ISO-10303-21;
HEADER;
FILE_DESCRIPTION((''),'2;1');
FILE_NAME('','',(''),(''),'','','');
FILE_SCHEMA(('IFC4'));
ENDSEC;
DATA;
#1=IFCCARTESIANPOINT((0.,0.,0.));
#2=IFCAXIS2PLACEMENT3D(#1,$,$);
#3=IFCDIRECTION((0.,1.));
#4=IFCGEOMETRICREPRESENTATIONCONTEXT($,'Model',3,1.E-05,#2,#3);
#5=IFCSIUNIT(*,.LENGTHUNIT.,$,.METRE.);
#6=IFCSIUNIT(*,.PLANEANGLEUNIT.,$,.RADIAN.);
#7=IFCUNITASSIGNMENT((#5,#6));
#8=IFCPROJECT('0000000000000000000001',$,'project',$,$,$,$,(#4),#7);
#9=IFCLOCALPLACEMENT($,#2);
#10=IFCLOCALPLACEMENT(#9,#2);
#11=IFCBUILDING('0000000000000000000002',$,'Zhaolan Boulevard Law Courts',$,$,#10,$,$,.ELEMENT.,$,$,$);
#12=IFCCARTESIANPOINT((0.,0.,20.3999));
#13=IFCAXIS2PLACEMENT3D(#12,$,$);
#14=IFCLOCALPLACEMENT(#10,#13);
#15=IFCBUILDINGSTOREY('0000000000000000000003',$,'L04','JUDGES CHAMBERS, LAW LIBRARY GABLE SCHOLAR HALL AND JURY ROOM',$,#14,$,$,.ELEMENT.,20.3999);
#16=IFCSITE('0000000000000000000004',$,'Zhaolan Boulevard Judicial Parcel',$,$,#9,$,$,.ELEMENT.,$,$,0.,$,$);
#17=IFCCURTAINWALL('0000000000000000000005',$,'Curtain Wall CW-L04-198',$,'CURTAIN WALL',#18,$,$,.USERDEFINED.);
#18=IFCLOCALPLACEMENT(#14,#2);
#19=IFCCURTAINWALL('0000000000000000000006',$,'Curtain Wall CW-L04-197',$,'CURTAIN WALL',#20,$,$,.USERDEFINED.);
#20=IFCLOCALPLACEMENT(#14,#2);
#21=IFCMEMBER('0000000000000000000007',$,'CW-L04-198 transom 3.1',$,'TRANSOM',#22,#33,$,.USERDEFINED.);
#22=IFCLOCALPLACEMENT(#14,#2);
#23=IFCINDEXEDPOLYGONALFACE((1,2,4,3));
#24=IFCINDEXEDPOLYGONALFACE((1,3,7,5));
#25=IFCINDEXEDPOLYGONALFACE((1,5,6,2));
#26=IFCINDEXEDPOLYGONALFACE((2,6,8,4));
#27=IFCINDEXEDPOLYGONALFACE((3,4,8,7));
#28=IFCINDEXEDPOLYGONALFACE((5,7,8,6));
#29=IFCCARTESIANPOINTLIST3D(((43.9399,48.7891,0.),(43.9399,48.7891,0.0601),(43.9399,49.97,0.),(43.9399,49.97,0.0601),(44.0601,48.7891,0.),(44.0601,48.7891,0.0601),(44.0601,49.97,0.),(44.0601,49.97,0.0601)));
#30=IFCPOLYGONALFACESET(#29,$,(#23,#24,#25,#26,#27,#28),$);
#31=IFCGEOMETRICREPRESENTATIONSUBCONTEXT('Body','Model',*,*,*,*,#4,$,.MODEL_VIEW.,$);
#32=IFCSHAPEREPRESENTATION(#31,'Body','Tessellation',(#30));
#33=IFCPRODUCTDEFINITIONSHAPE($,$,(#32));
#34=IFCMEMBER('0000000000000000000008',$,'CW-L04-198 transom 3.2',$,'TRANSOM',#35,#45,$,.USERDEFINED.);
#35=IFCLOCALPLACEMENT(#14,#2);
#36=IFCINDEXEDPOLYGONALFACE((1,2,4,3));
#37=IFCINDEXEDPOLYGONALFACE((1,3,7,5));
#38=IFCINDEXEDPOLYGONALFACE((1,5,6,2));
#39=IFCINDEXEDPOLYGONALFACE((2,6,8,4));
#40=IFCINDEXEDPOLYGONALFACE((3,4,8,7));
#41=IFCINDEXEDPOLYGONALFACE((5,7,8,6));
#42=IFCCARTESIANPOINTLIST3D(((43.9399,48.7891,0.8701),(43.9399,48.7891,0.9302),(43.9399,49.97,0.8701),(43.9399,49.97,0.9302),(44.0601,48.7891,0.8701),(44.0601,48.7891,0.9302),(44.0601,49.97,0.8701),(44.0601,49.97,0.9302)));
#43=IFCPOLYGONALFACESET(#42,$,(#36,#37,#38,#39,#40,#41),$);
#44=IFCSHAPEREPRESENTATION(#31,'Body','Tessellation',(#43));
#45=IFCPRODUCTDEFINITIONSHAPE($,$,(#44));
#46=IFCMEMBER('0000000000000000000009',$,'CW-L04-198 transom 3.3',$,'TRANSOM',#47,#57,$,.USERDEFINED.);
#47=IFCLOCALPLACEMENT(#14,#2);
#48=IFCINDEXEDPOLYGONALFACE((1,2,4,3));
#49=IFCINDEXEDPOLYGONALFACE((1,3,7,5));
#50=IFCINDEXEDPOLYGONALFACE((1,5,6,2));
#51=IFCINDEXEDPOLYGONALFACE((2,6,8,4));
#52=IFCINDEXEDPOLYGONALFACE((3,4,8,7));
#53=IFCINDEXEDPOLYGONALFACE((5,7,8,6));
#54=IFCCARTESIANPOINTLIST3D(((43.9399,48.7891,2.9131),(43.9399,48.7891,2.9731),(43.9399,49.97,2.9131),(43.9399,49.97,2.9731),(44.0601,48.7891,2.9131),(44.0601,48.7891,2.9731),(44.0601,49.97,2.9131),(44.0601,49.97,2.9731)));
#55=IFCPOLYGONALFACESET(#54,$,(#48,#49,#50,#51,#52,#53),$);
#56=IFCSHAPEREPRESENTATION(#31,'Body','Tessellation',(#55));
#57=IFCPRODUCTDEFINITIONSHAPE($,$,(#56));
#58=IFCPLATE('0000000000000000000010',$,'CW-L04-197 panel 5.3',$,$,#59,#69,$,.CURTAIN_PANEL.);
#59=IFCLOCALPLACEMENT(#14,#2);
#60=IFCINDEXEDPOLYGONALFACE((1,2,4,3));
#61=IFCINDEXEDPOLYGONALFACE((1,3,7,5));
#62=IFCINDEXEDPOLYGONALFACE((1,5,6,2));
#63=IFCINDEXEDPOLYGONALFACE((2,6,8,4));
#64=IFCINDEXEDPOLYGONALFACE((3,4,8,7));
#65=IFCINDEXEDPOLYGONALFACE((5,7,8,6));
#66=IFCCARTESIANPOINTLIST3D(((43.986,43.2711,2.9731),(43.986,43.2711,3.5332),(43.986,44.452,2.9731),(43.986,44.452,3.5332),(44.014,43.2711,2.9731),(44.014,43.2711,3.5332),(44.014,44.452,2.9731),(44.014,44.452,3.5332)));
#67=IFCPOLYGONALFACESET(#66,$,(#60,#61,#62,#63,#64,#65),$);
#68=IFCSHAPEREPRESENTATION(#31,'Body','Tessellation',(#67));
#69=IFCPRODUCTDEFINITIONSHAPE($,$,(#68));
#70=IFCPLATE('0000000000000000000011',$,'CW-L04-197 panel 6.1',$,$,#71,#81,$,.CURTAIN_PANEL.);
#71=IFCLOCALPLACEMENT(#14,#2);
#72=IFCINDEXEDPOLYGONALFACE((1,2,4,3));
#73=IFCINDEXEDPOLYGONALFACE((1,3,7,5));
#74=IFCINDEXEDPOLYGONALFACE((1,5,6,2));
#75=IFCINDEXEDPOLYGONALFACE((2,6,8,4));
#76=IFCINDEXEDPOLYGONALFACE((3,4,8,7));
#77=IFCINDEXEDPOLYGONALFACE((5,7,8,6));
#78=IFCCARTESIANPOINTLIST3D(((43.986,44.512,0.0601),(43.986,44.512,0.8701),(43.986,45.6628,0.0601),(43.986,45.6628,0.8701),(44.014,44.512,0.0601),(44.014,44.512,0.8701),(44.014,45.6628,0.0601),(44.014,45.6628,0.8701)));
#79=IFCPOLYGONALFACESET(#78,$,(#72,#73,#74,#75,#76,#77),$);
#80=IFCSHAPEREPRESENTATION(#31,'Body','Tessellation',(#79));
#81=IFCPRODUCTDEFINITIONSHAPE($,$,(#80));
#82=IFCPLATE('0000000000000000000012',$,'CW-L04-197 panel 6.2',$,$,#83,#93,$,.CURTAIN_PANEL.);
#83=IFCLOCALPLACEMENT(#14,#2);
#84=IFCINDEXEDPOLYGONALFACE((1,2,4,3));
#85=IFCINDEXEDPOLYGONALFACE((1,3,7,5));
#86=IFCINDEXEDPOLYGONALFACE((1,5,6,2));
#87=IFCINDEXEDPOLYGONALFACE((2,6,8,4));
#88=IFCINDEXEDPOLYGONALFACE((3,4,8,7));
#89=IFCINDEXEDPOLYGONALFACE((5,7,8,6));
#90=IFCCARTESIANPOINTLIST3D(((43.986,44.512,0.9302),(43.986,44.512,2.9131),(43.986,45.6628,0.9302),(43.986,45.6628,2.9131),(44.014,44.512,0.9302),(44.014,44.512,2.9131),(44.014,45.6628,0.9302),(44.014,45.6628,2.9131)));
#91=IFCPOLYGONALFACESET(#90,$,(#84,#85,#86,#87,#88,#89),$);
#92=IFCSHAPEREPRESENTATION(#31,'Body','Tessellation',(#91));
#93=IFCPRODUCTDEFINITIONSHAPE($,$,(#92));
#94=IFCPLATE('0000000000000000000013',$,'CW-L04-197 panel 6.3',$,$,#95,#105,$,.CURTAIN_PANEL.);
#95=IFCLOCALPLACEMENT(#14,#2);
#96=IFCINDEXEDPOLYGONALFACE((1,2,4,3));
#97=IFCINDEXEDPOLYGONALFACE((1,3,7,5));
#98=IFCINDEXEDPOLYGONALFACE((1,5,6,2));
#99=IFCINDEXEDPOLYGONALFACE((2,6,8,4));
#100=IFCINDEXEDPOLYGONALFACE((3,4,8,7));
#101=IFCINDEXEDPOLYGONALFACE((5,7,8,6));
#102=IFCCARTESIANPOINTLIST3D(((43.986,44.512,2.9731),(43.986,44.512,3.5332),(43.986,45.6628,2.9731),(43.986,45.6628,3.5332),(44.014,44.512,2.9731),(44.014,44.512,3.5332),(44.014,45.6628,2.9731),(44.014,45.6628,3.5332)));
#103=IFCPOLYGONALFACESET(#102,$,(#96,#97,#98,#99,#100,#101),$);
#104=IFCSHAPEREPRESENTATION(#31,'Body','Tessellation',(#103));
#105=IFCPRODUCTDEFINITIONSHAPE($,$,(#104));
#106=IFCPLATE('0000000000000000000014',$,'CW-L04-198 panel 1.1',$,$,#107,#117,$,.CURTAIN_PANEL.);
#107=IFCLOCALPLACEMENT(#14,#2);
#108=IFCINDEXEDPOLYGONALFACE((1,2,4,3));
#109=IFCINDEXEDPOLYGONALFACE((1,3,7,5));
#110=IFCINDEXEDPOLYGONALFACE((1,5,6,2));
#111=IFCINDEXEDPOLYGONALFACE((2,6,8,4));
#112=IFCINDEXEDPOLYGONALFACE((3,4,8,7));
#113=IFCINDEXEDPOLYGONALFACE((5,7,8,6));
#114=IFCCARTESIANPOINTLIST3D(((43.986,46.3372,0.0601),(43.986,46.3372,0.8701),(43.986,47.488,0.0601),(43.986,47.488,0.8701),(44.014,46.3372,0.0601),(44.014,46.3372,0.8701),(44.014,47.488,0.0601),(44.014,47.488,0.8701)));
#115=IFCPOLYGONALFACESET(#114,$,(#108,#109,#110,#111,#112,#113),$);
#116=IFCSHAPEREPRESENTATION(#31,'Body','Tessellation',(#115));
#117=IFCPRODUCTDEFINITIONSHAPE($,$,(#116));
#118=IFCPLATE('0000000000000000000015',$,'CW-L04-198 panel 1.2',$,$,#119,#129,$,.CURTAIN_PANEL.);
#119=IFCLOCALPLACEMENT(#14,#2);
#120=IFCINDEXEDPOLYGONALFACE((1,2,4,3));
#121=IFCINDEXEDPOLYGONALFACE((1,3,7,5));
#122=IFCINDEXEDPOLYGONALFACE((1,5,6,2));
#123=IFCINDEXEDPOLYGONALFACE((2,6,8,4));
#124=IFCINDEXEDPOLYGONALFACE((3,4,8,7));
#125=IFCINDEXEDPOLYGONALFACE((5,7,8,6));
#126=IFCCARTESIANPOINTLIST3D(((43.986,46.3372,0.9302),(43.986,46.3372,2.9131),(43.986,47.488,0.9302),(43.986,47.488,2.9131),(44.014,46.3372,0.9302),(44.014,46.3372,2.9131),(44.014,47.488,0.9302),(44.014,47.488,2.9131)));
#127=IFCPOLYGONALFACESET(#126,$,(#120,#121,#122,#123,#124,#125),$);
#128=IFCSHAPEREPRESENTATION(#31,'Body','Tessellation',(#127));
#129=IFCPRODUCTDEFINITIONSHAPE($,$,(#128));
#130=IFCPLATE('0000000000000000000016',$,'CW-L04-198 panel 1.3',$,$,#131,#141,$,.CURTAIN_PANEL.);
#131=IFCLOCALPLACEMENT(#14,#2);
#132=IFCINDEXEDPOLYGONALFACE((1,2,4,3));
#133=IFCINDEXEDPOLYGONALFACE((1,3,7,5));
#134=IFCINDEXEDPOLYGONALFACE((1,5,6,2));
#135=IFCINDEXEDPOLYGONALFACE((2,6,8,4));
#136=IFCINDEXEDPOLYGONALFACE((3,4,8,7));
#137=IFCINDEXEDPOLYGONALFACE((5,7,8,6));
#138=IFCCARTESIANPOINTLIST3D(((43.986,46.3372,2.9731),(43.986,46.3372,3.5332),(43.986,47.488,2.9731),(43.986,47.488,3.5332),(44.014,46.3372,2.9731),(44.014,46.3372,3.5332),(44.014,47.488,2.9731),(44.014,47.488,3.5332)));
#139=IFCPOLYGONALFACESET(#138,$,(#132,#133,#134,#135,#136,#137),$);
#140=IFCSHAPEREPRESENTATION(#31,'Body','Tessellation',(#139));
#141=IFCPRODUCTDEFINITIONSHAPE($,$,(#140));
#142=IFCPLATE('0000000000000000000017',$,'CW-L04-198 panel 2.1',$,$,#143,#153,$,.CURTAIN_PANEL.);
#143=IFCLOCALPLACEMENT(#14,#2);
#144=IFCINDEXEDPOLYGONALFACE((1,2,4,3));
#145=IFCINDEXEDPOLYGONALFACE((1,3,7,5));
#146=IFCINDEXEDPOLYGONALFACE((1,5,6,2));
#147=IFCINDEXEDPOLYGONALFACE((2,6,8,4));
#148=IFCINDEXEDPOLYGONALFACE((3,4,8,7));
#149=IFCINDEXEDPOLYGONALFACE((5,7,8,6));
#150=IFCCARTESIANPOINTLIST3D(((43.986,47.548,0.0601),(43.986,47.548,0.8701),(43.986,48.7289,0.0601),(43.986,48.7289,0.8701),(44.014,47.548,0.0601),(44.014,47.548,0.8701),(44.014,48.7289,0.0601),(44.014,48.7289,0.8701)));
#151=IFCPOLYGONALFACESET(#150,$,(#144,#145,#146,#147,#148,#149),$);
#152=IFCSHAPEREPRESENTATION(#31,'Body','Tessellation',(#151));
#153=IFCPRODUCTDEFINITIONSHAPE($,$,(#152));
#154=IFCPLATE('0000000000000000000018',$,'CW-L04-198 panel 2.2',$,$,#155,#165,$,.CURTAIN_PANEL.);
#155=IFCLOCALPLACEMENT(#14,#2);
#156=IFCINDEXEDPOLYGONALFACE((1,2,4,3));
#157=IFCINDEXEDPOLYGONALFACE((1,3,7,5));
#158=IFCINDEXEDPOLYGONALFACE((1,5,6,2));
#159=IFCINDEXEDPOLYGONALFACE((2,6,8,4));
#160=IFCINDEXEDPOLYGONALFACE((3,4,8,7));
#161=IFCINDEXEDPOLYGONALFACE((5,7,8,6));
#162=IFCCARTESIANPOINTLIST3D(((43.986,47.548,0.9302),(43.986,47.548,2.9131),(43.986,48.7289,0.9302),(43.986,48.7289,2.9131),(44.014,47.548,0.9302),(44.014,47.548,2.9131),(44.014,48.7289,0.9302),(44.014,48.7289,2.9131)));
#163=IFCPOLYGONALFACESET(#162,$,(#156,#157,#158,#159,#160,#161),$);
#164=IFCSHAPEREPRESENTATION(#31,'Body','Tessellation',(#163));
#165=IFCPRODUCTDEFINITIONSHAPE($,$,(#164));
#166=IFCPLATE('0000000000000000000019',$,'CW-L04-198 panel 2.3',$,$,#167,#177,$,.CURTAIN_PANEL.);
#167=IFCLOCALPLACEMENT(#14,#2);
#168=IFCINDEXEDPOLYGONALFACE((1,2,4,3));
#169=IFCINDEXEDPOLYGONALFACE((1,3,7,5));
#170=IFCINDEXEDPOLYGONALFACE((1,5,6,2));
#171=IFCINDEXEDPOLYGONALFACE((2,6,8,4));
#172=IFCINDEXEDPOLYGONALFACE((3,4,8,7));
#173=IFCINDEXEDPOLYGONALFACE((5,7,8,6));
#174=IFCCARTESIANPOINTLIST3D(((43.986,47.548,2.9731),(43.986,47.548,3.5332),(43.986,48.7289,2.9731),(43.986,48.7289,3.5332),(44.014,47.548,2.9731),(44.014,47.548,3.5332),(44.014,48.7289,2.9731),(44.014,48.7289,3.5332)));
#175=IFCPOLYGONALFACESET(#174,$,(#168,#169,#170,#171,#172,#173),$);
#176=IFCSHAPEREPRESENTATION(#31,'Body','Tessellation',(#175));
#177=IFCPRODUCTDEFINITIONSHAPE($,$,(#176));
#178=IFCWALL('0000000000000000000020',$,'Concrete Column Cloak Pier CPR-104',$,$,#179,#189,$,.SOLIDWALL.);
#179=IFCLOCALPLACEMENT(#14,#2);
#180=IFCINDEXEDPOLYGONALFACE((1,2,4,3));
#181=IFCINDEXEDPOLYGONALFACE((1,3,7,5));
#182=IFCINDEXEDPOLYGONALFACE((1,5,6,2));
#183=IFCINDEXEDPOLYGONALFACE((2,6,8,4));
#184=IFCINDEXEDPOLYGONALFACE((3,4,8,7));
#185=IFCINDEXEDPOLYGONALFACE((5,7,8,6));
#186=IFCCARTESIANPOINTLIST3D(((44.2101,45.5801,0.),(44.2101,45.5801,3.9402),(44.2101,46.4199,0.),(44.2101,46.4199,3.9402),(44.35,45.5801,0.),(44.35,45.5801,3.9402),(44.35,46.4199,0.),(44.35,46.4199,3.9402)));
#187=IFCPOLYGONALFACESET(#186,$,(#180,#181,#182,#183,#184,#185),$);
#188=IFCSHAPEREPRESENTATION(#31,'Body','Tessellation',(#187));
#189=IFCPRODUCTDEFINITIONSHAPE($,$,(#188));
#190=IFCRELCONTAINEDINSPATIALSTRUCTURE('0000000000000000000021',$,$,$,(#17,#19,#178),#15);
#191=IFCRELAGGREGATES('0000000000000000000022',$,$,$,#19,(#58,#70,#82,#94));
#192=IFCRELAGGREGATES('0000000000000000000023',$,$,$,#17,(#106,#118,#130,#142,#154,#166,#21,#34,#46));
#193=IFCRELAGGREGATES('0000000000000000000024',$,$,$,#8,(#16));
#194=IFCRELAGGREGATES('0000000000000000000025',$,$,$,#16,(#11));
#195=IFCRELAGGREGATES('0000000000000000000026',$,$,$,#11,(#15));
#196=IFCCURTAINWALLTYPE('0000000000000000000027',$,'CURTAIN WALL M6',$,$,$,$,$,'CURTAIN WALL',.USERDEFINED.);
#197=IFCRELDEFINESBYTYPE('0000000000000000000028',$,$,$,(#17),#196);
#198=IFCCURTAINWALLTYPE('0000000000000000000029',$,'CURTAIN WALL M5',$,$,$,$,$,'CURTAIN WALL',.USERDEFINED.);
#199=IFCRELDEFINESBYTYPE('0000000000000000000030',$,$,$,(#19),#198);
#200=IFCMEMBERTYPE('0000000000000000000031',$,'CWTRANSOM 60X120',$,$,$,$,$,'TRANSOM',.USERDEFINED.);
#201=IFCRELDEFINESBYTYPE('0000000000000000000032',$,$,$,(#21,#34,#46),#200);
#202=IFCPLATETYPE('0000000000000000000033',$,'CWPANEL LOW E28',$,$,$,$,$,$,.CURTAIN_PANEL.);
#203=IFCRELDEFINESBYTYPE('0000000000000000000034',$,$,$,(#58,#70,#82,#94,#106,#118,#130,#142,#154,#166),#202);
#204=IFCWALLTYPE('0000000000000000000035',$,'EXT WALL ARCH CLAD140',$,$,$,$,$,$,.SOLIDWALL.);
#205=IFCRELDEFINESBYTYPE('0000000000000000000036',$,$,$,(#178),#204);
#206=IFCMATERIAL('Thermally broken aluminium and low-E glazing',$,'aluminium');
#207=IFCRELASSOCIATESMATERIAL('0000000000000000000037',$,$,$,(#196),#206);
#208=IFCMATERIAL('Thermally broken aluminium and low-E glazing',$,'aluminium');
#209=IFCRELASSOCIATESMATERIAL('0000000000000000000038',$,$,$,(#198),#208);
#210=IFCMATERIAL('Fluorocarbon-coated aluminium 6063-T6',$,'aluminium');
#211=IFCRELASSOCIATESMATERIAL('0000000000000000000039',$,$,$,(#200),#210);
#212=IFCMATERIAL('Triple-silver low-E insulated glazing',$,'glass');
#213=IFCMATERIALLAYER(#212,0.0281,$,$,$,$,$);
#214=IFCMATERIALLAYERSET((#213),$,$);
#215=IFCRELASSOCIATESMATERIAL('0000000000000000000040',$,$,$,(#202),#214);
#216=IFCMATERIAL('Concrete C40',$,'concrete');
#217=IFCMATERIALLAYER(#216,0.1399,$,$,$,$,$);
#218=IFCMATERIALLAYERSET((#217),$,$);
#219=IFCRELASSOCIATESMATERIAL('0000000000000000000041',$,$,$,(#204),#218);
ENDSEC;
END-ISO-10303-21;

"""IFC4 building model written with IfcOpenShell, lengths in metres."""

from ifc_helpers import new_model, si_unit, direction, frame, frame_2d, origin, origin_2d, place, context, subcontext, project, spatial, rectangle, extrude, material, layer, layer_set, material_profile, profile_set, type_object, element, aggregate, save


model = new_model("IFC4")

# Units and contexts
model_context = context("Model", 3, precision=1e-05, world=origin(), true_north=direction((0.0, 1.0)))
body_context = subcontext(model_context, "Body", "Model", "MODEL_VIEW")
ifc_project = project(units=[si_unit("LENGTHUNIT", "METRE"), si_unit("PLANEANGLEUNIT", "RADIAN")], contexts=[model_context])

# Site, building, storey
site_placement = place(None, origin())
site = spatial("IfcSite", under=ifc_project, at=site_placement, Name="Zhaolan Boulevard Judicial Parcel", CompositionType="ELEMENT", RefElevation=0.0)
building_placement = place(site_placement, origin())
building = spatial("IfcBuilding", under=site, at=building_placement, Name="Zhaolan Boulevard Law Courts", CompositionType="ELEMENT")
storey_placement = place(building_placement, frame((0.0, 0.0, 20.3999)))
storey = spatial("IfcBuildingStorey", under=building, at=storey_placement, Name="L04", Description="JUDGES CHAMBERS, LAW LIBRARY GABLE SCHOLAR HALL AND JURY ROOM", CompositionType="ELEMENT", Elevation=20.3999)

# Curtain walls
ifc_material_1 = material(Name="Thermally broken aluminium and low-E glazing", Category="aluminium")
curtain_wall_type_1 = type_object("IfcCurtainWallType", Name="CURTAIN WALL M6", ElementType="CURTAIN WALL", PredefinedType="USERDEFINED", material=ifc_material_1)
curtain_wall_1_placement = place(storey_placement, origin())
curtain_wall_1 = element("IfcCurtainWall", 1, at=curtain_wall_1_placement, inside=storey, type_object=curtain_wall_type_1, Name="Curtain Wall CW-L04-198", ObjectType="CURTAIN WALL", PredefinedType="USERDEFINED")
ifc_material_2 = material(Name="Thermally broken aluminium and low-E glazing", Category="aluminium")
curtain_wall_type_2 = type_object("IfcCurtainWallType", Name="CURTAIN WALL M5", ElementType="CURTAIN WALL", PredefinedType="USERDEFINED", material=ifc_material_2)
curtain_wall_2_placement = place(storey_placement, origin())
curtain_wall_2 = element("IfcCurtainWall", 2, at=curtain_wall_2_placement, inside=storey, type_object=curtain_wall_type_2, Name="Curtain Wall CW-L04-197", ObjectType="CURTAIN WALL", PredefinedType="USERDEFINED")
ifc_material_3 = material(Name="Fluorocarbon-coated aluminium 6063-T6", Category="aluminium")
ifc_material_profile_1 = material_profile(ifc_material_3, rectangle(XDim=0.1201, YDim=0.0601, at=origin_2d()), Name="AL60x120")
ifc_profile_set_1 = profile_set([ifc_material_profile_1], Name="Fluorocarbon-coated aluminium 6063-T6")
member_type_1 = type_object("IfcMemberType", Name="CWTRANSOM 60X120", ElementType="TRANSOM", PredefinedType="USERDEFINED", material=ifc_profile_set_1)

# Members
member_1_placement = place(storey_placement, frame((44.0, 48.7891, 0.03), z_axis=(0.0, 1.0, 0.0), x_axis=(-1.0, 0.0, 0.0)))
member_1 = element("IfcMember", 3, at=member_1_placement, type_object=member_type_1, Name="CW-L04-198 transom 3.1", ObjectType="TRANSOM", PredefinedType="USERDEFINED", context=body_context, shape_type="SweptSolid", body=[
    extrude(rectangle(XDim=0.1201, YDim=0.0601, at=origin_2d()), origin(), (0.0, 0.0, 1.0), 1.1809),
])
member_2_placement = place(storey_placement, frame((44.0, 48.7891, 0.9001), z_axis=(0.0, 1.0, 0.0), x_axis=(-1.0, 0.0, 0.0)))
member_2 = element("IfcMember", 4, at=member_2_placement, type_object=member_type_1, Name="CW-L04-198 transom 3.2", ObjectType="TRANSOM", PredefinedType="USERDEFINED", context=body_context, shape_type="SweptSolid", body=[
    extrude(rectangle(XDim=0.1201, YDim=0.0601, at=origin_2d()), origin(), (0.0, 0.0, 1.0), 1.1809),
])
member_3_placement = place(storey_placement, frame((44.0, 48.7891, 2.9431), z_axis=(0.0, 1.0, 0.0), x_axis=(-1.0, 0.0, 0.0)))
member_3 = element("IfcMember", 5, at=member_3_placement, type_object=member_type_1, Name="CW-L04-198 transom 3.3", ObjectType="TRANSOM", PredefinedType="USERDEFINED", context=body_context, shape_type="SweptSolid", body=[
    extrude(rectangle(XDim=0.1201, YDim=0.0601, at=origin_2d()), origin(), (0.0, 0.0, 1.0), 1.1809),
])

# Plates
ifc_material_4 = material(Name="Triple-silver low-E insulated glazing", Category="glass")
ifc_layer_1 = layer(ifc_material_4, 0.0281)
ifc_layer_set_1 = layer_set([ifc_layer_1])
plate_type = type_object("IfcPlateType", Name="CWPANEL LOW E28", PredefinedType="CURTAIN_PANEL", material=ifc_layer_set_1)
plate_1_placement = place(storey_placement, frame((44.0, 43.8616, 2.9731), z_axis=(0.0, 0.0, 1.0), x_axis=(0.0, 1.0, 0.0)))
plate_1 = element("IfcPlate", 6, at=plate_1_placement, type_object=plate_type, Name="CW-L04-197 panel 5.3", PredefinedType="CURTAIN_PANEL", context=body_context, shape_type="SweptSolid", body=[
    extrude(rectangle(XDim=1.1809, YDim=0.0281, at=origin_2d()), origin(), (0.0, 0.0, 1.0), 0.5601),
])
plate_2_placement = place(storey_placement, frame((44.0, 45.0874, 0.0601), z_axis=(0.0, 0.0, 1.0), x_axis=(0.0, 1.0, 0.0)))
plate_2 = element("IfcPlate", 7, at=plate_2_placement, type_object=plate_type, Name="CW-L04-197 panel 6.1", PredefinedType="CURTAIN_PANEL", context=body_context, shape_type="SweptSolid", body=[
    extrude(rectangle(XDim=1.1509, YDim=0.0281, at=origin_2d()), origin(), (0.0, 0.0, 1.0), 0.8101),
])
plate_3_placement = place(storey_placement, frame((44.0, 45.0874, 0.9302), z_axis=(0.0, 0.0, 1.0), x_axis=(0.0, 1.0, 0.0)))
plate_3 = element("IfcPlate", 8, at=plate_3_placement, type_object=plate_type, Name="CW-L04-197 panel 6.2", PredefinedType="CURTAIN_PANEL", context=body_context, shape_type="SweptSolid", body=[
    extrude(rectangle(XDim=1.1509, YDim=0.0281, at=origin_2d()), origin(), (0.0, 0.0, 1.0), 1.9829),
])
plate_4_placement = place(storey_placement, frame((44.0, 45.0874, 2.9731), z_axis=(0.0, 0.0, 1.0), x_axis=(0.0, 1.0, 0.0)))
plate_4 = element("IfcPlate", 9, at=plate_4_placement, type_object=plate_type, Name="CW-L04-197 panel 6.3", PredefinedType="CURTAIN_PANEL", context=body_context, shape_type="SweptSolid", body=[
    extrude(rectangle(XDim=1.1509, YDim=0.0281, at=origin_2d()), origin(), (0.0, 0.0, 1.0), 0.5601),
])
aggregate(curtain_wall_2, [plate_1, plate_2, plate_3, plate_4])
plate_5_placement = place(storey_placement, frame((44.0, 46.9126, 0.0601), z_axis=(0.0, 0.0, 1.0), x_axis=(0.0, 1.0, 0.0)))
plate_5 = element("IfcPlate", 10, at=plate_5_placement, type_object=plate_type, Name="CW-L04-198 panel 1.1", PredefinedType="CURTAIN_PANEL", context=body_context, shape_type="SweptSolid", body=[
    extrude(rectangle(XDim=1.1509, YDim=0.0281, at=origin_2d()), origin(), (0.0, 0.0, 1.0), 0.8101),
])
plate_6_placement = place(storey_placement, frame((44.0, 46.9126, 0.9302), z_axis=(0.0, 0.0, 1.0), x_axis=(0.0, 1.0, 0.0)))
plate_6 = element("IfcPlate", 11, at=plate_6_placement, type_object=plate_type, Name="CW-L04-198 panel 1.2", PredefinedType="CURTAIN_PANEL", context=body_context, shape_type="SweptSolid", body=[
    extrude(rectangle(XDim=1.1509, YDim=0.0281, at=origin_2d()), origin(), (0.0, 0.0, 1.0), 1.9829),
])
plate_7_placement = place(storey_placement, frame((44.0, 46.9126, 2.9731), z_axis=(0.0, 0.0, 1.0), x_axis=(0.0, 1.0, 0.0)))
plate_7 = element("IfcPlate", 12, at=plate_7_placement, type_object=plate_type, Name="CW-L04-198 panel 1.3", PredefinedType="CURTAIN_PANEL", context=body_context, shape_type="SweptSolid", body=[
    extrude(rectangle(XDim=1.1509, YDim=0.0281, at=origin_2d()), origin(), (0.0, 0.0, 1.0), 0.5601),
])
plate_8_placement = place(storey_placement, frame((44.0, 48.1384, 0.0601), z_axis=(0.0, 0.0, 1.0), x_axis=(0.0, 1.0, 0.0)))
plate_8 = element("IfcPlate", 13, at=plate_8_placement, type_object=plate_type, Name="CW-L04-198 panel 2.1", PredefinedType="CURTAIN_PANEL", context=body_context, shape_type="SweptSolid", body=[
    extrude(rectangle(XDim=1.1809, YDim=0.0281, at=origin_2d()), origin(), (0.0, 0.0, 1.0), 0.8101),
])
plate_9_placement = place(storey_placement, frame((44.0, 48.1384, 0.9302), z_axis=(0.0, 0.0, 1.0), x_axis=(0.0, 1.0, 0.0)))
plate_9 = element("IfcPlate", 14, at=plate_9_placement, type_object=plate_type, Name="CW-L04-198 panel 2.2", PredefinedType="CURTAIN_PANEL", context=body_context, shape_type="SweptSolid", body=[
    extrude(rectangle(XDim=1.1809, YDim=0.0281, at=origin_2d()), origin(), (0.0, 0.0, 1.0), 1.9829),
])
plate_10_placement = place(storey_placement, frame((44.0, 48.1384, 2.9731), z_axis=(0.0, 0.0, 1.0), x_axis=(0.0, 1.0, 0.0)))
plate_10 = element("IfcPlate", 15, at=plate_10_placement, type_object=plate_type, Name="CW-L04-198 panel 2.3", PredefinedType="CURTAIN_PANEL", context=body_context, shape_type="SweptSolid", body=[
    extrude(rectangle(XDim=1.1809, YDim=0.0281, at=origin_2d()), origin(), (0.0, 0.0, 1.0), 0.5601),
])
aggregate(curtain_wall_1, [plate_5, plate_6, plate_7, plate_8, plate_9, plate_10, member_1, member_2, member_3])

# Wall
ifc_material_5 = material(Name="Concrete C40", Category="concrete")
ifc_layer_2 = layer(ifc_material_5, 0.1399)
ifc_layer_set_2 = layer_set([ifc_layer_2])
wall_type = type_object("IfcWallType", Name="EXT WALL ARCH CLAD140", PredefinedType="SOLIDWALL", material=ifc_layer_set_2)
wall_placement = place(storey_placement, frame((44.28, 45.5801, 0.0), z_axis=(0.0, 0.0, 1.0), x_axis=(0.0, 1.0, 0.0)))
element("IfcWall", 16, at=wall_placement, inside=storey, type_object=wall_type, Name="Concrete Column Cloak Pier CPR-104", PredefinedType="SOLIDWALL", context=body_context, shape_type="SweptSolid", body=[
    extrude(rectangle(XDim=0.8398, YDim=0.1399, at=frame_2d((0.4199, 0.0))), origin(), (0.0, 0.0, 1.0), 3.9402),
])

save(model, "model.ifc")
